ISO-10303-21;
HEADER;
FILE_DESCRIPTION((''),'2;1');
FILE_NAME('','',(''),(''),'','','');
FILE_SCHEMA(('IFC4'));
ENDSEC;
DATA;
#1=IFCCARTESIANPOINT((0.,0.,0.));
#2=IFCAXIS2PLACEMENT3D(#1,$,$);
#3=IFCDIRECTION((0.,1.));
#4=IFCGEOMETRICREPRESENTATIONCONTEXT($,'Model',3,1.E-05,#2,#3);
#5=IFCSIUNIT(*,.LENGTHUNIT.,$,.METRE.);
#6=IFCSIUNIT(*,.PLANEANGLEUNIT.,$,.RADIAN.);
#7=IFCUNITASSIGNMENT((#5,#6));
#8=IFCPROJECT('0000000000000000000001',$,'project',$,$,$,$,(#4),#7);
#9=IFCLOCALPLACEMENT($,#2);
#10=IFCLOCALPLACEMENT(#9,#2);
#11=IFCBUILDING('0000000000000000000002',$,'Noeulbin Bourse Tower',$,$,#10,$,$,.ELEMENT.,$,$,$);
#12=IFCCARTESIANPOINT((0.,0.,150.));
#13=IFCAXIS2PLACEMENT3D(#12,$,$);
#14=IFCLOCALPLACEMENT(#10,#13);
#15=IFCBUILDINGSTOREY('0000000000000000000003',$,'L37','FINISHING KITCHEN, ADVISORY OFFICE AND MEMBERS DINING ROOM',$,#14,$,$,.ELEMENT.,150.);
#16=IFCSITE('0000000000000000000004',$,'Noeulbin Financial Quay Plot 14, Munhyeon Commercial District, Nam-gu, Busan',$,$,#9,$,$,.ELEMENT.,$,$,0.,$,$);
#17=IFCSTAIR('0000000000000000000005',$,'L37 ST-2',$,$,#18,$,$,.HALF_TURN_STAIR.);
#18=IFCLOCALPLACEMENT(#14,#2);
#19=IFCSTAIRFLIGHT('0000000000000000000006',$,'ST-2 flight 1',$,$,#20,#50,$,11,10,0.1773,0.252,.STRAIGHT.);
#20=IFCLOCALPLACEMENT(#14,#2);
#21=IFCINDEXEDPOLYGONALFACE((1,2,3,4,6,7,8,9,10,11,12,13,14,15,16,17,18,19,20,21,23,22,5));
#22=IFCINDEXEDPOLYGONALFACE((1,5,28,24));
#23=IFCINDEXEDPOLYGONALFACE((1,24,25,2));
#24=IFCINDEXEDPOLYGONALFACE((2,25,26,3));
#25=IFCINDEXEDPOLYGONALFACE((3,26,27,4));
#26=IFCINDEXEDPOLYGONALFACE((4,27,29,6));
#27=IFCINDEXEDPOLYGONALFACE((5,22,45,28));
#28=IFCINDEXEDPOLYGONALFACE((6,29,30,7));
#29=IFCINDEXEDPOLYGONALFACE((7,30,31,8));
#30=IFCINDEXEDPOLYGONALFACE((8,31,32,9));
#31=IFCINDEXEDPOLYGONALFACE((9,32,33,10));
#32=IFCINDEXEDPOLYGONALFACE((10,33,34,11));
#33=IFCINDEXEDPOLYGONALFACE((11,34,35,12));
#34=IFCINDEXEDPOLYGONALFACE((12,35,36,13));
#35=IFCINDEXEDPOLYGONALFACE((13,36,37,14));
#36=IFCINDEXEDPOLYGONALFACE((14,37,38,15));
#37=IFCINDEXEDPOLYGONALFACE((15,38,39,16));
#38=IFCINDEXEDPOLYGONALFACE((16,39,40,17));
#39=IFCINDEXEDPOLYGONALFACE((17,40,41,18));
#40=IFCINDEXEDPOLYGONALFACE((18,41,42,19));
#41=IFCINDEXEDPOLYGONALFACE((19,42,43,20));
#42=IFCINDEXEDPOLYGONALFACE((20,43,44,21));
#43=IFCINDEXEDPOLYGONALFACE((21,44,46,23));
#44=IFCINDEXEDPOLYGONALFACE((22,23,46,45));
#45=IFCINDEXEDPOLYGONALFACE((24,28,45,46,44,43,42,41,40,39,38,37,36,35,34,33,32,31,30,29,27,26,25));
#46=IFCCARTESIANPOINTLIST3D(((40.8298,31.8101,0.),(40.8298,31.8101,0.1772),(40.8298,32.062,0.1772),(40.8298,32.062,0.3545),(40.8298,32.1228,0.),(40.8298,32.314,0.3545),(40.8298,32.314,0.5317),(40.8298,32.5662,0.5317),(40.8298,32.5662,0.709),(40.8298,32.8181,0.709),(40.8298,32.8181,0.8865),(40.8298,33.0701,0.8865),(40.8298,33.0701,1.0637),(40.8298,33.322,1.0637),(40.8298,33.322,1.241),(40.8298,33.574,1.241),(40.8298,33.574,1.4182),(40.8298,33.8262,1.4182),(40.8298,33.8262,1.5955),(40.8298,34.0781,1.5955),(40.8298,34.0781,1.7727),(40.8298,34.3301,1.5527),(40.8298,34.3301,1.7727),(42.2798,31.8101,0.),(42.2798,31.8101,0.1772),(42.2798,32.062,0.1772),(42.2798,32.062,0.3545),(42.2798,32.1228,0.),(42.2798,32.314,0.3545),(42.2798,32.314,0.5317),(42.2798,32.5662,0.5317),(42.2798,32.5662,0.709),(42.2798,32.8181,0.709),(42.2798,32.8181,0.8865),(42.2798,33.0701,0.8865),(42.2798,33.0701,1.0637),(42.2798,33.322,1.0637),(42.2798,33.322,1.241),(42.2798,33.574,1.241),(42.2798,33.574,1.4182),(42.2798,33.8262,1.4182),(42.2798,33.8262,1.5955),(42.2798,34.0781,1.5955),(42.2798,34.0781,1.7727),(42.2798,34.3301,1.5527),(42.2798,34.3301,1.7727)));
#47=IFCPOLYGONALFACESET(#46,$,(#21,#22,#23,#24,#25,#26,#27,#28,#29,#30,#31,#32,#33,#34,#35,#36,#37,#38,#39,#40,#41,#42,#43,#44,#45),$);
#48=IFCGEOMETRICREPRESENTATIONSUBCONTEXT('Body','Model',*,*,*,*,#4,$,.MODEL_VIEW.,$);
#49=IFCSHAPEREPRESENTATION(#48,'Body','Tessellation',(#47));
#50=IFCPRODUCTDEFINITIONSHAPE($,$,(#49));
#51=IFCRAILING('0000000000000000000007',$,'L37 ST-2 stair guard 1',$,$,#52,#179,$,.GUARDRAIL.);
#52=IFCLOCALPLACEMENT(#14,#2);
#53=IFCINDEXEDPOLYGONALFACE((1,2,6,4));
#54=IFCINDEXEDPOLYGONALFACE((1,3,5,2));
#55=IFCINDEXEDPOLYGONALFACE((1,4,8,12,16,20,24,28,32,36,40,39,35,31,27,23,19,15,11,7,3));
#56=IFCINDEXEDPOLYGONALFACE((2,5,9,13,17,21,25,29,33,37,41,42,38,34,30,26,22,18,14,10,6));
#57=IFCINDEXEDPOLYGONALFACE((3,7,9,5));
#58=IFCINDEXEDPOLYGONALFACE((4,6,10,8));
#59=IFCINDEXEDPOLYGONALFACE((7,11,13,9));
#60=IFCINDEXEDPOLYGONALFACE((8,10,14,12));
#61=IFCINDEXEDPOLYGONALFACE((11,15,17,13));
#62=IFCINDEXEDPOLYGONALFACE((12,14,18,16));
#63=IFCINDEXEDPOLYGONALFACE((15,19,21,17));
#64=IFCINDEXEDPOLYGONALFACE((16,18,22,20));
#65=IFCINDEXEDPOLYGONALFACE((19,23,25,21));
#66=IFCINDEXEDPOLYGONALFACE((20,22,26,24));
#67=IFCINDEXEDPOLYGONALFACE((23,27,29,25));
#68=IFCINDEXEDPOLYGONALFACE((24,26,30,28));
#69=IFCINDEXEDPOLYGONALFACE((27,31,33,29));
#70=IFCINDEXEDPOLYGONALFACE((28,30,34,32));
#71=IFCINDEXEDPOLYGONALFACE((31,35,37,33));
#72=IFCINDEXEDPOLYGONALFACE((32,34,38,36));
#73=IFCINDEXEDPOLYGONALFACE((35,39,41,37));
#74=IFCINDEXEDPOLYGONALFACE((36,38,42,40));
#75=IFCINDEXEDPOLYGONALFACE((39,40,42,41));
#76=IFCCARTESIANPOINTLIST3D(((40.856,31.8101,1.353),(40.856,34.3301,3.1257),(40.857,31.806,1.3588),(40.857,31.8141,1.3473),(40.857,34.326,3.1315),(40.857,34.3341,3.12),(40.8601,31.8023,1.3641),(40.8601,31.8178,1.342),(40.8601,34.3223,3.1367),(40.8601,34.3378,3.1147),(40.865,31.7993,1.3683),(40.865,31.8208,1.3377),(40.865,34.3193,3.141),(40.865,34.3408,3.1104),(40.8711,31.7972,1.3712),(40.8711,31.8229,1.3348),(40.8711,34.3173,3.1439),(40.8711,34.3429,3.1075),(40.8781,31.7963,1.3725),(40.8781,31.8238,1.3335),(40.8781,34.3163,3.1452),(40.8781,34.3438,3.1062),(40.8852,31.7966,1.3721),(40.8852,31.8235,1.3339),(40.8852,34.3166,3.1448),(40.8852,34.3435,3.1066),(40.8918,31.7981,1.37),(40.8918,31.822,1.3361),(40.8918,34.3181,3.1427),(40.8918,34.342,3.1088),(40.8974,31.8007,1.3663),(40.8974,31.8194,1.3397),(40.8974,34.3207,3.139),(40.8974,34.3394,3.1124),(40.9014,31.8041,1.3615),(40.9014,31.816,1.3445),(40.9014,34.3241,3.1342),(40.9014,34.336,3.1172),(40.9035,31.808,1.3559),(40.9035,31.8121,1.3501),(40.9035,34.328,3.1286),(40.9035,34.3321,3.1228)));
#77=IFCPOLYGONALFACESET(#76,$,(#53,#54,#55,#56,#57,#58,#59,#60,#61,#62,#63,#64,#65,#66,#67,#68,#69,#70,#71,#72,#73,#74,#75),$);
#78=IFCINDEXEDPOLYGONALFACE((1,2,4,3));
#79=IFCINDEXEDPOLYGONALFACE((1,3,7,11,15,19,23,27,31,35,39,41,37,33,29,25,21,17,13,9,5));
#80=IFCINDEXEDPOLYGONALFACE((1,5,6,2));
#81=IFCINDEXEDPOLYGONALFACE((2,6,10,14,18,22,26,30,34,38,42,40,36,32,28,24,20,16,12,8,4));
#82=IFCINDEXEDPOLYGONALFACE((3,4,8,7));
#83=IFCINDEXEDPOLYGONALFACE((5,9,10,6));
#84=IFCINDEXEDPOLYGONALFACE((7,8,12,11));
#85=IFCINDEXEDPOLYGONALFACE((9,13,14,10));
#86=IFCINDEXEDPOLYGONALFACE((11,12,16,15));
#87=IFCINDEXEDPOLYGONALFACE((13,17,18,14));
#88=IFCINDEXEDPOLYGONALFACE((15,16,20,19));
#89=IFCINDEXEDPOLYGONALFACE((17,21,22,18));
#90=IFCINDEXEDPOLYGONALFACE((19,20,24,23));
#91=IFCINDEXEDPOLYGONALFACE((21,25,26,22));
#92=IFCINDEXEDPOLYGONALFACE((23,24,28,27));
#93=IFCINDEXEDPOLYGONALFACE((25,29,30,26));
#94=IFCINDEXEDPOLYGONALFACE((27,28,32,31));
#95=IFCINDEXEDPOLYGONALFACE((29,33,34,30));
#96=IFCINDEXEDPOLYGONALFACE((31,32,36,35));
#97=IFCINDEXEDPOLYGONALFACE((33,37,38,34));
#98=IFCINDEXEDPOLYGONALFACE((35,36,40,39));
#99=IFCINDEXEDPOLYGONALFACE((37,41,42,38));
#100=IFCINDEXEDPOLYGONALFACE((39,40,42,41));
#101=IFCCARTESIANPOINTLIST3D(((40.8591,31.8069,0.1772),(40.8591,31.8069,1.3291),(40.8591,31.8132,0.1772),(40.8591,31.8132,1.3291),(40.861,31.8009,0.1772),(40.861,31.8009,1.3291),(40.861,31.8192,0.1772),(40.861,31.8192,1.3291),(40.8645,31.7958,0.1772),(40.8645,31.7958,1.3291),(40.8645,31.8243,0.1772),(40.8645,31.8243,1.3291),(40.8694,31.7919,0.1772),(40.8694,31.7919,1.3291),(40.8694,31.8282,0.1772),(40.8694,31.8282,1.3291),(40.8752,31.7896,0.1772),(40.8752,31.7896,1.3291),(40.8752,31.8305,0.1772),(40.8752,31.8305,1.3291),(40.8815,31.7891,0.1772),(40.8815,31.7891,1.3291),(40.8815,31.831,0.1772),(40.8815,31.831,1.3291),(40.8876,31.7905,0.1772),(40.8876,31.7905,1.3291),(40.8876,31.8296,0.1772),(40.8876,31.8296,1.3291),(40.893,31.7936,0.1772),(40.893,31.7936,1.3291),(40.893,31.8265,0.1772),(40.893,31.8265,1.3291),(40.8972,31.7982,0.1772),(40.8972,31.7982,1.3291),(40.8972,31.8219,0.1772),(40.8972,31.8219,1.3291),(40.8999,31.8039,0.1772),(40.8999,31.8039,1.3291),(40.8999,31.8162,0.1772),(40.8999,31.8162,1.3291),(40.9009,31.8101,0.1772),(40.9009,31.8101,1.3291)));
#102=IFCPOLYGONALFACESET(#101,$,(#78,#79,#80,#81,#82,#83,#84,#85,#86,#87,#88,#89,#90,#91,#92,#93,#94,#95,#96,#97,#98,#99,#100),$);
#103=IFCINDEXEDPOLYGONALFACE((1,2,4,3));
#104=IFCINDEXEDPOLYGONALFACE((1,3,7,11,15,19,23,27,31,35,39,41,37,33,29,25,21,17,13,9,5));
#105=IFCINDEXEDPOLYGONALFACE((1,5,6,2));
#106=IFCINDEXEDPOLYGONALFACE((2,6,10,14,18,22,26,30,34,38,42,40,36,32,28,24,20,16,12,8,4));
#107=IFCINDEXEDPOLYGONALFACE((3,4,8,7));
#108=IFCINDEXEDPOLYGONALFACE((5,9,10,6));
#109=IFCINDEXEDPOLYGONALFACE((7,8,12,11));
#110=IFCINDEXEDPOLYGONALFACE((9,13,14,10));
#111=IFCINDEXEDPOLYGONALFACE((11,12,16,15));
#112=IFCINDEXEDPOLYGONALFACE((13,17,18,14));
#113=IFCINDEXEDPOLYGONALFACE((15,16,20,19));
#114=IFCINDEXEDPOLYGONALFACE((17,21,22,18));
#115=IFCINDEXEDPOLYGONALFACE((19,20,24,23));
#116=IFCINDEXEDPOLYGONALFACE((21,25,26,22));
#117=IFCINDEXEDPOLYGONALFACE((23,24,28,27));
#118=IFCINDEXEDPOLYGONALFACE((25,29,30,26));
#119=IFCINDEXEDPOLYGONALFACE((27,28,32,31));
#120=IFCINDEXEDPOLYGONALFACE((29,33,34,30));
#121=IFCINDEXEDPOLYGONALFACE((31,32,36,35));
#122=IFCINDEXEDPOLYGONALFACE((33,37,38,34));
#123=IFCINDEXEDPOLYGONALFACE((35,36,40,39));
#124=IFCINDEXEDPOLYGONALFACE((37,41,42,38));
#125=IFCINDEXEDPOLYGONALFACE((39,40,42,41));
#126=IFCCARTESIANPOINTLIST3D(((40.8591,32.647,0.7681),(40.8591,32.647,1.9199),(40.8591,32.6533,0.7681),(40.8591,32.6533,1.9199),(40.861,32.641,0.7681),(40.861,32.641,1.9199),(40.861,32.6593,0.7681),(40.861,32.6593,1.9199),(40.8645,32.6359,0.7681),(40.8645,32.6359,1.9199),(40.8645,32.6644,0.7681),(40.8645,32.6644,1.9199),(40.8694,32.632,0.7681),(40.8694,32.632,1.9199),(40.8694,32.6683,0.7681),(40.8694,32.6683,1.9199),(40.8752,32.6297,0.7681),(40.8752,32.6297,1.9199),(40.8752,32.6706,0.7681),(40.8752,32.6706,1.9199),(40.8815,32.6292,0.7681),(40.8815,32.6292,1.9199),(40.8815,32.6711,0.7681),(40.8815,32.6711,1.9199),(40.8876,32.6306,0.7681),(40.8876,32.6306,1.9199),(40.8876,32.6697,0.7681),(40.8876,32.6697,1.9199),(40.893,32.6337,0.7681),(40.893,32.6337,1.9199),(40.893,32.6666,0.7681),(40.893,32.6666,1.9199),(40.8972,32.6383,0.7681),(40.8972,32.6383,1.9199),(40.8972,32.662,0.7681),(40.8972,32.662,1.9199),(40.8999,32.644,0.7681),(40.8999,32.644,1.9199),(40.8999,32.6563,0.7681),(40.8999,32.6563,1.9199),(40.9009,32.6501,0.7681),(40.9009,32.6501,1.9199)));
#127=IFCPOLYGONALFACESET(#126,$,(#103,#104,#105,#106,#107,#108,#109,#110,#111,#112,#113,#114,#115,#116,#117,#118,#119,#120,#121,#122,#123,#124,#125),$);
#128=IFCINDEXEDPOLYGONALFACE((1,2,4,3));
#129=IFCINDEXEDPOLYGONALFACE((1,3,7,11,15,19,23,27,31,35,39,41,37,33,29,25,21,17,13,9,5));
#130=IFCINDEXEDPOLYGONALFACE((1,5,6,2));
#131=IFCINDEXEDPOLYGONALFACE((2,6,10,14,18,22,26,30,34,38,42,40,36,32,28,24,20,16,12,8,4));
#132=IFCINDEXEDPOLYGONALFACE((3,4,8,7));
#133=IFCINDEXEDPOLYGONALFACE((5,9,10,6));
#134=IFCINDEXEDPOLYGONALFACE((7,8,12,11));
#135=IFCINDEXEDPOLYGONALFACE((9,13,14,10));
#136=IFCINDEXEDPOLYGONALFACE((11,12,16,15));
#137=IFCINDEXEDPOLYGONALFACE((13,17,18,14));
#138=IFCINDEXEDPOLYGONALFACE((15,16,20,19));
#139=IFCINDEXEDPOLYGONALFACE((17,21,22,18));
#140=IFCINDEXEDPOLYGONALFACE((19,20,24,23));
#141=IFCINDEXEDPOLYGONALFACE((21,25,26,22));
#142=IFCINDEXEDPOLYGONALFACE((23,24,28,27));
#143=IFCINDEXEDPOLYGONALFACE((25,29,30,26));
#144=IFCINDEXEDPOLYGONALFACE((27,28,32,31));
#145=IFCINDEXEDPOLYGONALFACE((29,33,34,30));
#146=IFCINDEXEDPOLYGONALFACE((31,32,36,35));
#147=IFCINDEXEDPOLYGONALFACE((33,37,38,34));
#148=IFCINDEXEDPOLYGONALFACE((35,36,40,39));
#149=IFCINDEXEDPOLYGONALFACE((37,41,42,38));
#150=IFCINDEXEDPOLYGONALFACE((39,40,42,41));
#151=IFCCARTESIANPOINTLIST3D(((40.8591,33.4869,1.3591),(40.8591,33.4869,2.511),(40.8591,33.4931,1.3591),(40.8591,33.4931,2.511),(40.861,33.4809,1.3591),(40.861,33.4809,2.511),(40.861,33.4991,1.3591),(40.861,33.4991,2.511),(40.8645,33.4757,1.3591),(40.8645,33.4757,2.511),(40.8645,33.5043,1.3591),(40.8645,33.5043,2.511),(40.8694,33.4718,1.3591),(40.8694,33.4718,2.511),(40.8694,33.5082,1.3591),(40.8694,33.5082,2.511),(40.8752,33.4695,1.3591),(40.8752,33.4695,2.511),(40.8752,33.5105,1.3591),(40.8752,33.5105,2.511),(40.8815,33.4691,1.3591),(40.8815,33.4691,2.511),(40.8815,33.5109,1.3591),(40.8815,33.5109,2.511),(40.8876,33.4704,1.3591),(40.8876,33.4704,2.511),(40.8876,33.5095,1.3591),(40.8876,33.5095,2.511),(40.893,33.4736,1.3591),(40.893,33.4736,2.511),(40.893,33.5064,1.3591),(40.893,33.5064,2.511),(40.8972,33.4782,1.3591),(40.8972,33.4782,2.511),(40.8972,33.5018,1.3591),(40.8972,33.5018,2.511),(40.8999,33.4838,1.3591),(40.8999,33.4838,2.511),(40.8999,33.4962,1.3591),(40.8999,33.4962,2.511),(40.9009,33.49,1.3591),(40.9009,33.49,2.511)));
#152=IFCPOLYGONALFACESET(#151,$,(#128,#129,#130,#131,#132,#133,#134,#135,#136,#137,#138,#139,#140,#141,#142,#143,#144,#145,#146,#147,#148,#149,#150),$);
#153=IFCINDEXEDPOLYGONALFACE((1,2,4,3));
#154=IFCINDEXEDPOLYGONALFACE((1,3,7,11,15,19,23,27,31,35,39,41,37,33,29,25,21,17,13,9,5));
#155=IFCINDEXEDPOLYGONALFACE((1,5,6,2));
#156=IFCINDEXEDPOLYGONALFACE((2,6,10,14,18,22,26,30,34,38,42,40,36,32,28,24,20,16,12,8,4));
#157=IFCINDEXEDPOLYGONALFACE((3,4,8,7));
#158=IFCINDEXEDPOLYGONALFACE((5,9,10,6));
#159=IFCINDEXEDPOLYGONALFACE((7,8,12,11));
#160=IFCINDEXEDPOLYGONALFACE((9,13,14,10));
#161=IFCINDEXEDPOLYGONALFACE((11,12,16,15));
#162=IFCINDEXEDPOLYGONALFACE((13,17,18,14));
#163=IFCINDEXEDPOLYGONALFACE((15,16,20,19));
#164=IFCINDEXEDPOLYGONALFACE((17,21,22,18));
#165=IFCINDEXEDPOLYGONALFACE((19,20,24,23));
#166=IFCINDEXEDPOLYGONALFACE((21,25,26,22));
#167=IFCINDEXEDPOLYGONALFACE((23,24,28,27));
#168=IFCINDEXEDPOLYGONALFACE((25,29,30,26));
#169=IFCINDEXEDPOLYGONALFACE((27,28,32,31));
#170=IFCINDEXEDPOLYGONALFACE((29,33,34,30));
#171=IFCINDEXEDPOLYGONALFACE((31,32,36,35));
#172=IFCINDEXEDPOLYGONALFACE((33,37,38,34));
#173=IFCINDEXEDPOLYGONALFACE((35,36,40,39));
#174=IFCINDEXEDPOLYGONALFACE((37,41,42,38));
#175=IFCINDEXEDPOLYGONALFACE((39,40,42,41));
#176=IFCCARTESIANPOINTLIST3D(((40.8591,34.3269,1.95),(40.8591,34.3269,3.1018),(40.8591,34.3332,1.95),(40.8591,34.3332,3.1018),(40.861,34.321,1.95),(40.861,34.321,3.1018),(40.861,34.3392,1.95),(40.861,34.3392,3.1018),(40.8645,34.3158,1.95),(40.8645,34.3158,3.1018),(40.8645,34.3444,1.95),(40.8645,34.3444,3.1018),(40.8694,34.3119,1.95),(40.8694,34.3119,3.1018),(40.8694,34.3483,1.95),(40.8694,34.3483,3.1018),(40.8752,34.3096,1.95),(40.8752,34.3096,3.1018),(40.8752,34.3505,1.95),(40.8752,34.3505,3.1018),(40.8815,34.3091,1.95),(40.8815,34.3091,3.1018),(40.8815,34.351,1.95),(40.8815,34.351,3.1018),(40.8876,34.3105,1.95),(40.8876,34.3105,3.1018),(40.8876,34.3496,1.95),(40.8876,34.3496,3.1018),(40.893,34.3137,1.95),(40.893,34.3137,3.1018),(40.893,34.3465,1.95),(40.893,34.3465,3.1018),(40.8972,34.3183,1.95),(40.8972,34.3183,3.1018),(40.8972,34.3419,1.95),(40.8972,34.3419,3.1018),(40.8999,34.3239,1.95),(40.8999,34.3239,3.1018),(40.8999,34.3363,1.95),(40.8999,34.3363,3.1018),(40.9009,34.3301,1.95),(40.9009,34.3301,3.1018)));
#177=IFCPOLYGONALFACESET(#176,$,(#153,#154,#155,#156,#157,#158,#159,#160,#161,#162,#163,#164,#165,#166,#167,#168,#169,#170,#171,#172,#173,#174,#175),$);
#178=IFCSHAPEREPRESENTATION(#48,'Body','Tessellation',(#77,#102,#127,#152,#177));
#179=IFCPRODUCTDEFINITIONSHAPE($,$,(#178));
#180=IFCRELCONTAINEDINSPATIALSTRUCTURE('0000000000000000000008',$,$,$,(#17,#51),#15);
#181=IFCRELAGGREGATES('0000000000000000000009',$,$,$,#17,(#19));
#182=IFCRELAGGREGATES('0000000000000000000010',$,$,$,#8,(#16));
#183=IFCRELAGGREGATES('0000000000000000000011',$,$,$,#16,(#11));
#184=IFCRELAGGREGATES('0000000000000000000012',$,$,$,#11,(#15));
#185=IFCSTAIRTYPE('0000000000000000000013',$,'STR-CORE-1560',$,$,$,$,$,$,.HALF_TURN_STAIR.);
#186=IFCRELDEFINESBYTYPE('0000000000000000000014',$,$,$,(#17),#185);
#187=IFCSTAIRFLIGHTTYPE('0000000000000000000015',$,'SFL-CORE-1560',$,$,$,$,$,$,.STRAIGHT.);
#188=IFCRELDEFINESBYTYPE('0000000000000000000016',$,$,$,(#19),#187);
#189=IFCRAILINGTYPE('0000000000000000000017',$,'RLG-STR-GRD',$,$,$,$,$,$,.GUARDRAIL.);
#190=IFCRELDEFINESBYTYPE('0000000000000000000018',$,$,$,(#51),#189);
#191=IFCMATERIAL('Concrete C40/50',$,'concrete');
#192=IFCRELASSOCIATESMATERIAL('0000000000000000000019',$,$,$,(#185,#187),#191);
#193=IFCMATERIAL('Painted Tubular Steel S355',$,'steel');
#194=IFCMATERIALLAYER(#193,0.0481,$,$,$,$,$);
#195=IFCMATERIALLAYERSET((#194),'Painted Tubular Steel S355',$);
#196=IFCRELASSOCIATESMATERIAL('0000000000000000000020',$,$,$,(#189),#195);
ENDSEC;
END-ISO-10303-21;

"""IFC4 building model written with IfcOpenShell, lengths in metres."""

from ifc_helpers import new_model, si_unit, direction, frame, origin, origin_2d, place, context, subcontext, project, spatial, polyline, circle, outline, extrude, material, layer, layer_set, type_object, element, aggregate, save


model = new_model("IFC4")

# Units and contexts
model_context = context("Model", 3, precision=1e-05, world=origin(), true_north=direction((0.0, 1.0)))
body_context = subcontext(model_context, "Body", "Model", "MODEL_VIEW")
ifc_project = project(units=[si_unit("LENGTHUNIT", "METRE"), si_unit("PLANEANGLEUNIT", "RADIAN")], contexts=[model_context])

# Site, building, storey
site_placement = place(None, origin())
site = spatial("IfcSite", under=ifc_project, at=site_placement, Name="Noeulbin Financial Quay Plot 14, Munhyeon Commercial District, Nam-gu, Busan", CompositionType="ELEMENT", RefElevation=0.0)
building_placement = place(site_placement, origin())
building = spatial("IfcBuilding", under=site, at=building_placement, Name="Noeulbin Bourse Tower", CompositionType="ELEMENT")
storey_placement = place(building_placement, frame((0.0, 0.0, 150.0)))
storey = spatial("IfcBuildingStorey", under=building, at=storey_placement, Name="L37", Description="FINISHING KITCHEN, ADVISORY OFFICE AND MEMBERS DINING ROOM", CompositionType="ELEMENT", Elevation=150.0)

# Shared definitions
ifc_material_1 = material(Name="Concrete C40/50", Category="concrete")

# Stair, stair flight
stair_type = type_object("IfcStairType", Name="STR-CORE-1560", PredefinedType="HALF_TURN_STAIR", material=ifc_material_1)
stair_placement = place(storey_placement, origin())
stair = element("IfcStair", 1, at=stair_placement, inside=storey, type_object=stair_type, Name="L37 ST-2", PredefinedType="HALF_TURN_STAIR")
stair_flight_type = type_object("IfcStairFlightType", Name="SFL-CORE-1560", PredefinedType="STRAIGHT", material=ifc_material_1)
stair_flight_placement = place(storey_placement, frame((41.5549, 31.8101, 0.0), z_axis=(0.0, 0.0, 1.0), x_axis=(0.0, 1.0, 0.0)))
stair_flight = element("IfcStairFlight", 2, at=stair_flight_placement, type_object=stair_flight_type, Name="ST-2 flight 1", NumberOfRisers=11, NumberOfTreads=10, PredefinedType="STRAIGHT", RiserHeight=0.1773, TreadLength=0.252, context=body_context, shape_type="SweptSolid", body=[
    extrude(outline(polyline([(0.0, 0.0), (0.0, 0.1772), (0.252, 0.1772), (0.252, 0.3545), (0.5039, 0.3545), (0.5039, 0.5317), (0.7561, 0.5317), (0.7561, 0.709), (1.0081, 0.709), (1.0081, 0.8865), (1.26, 0.8865), (1.26, 1.0637), (1.512, 1.0637), (1.512, 1.241), (1.7639, 1.241), (1.7639, 1.4182), (2.0161, 1.4182), (2.0161, 1.5955), (2.2681, 1.5955), (2.2681, 1.7727), (2.52, 1.7727), (2.52, 1.95), (2.52, 1.5527), (0.3127, 0.0), (0.0, 0.0)])), frame((0.0, 0.7251, 0.0), z_axis=(0.0, -1.0, 0.0), x_axis=(1.0, 0.0, 0.0)), (0.0, 0.0, 1.0), 1.45),
])
aggregate(stair, [stair_flight])

# Railing
ifc_material_2 = material(Name="Painted Tubular Steel S355", Category="steel")
ifc_layer_1 = layer(ifc_material_2, 0.0481)
ifc_layer_set_1 = layer_set([ifc_layer_1], Name="Painted Tubular Steel S355")
railing_type_1 = type_object("IfcRailingType", Name="RLG-STR-GRD", PredefinedType="GUARDRAIL", material=ifc_layer_set_1)
railing_1_placement = place(storey_placement, frame((40.8799, 31.8101, 0.1772)))
element("IfcRailing", 3, at=railing_1_placement, inside=storey, type_object=railing_type_1, Name="L37 ST-2 stair guard 1", PredefinedType="GUARDRAIL", context=body_context, shape_type="SweptSolid", body=[
    extrude(circle(Radius=0.0239, at=origin_2d()), frame((0.0, 0.0, 1.1758), z_axis=(0.0, 0.817904, 0.575354), x_axis=(-1.0, 0.0, 0.0)), (0.0, 0.0, 1.0), 3.0811),
    extrude(circle(Radius=0.021, at=origin_2d()), origin(), (0.0, 0.0, 1.0), 1.1519),
    extrude(circle(Radius=0.021, at=origin_2d()), frame((0.0, 0.8401, 0.5908)), (0.0, 0.0, 1.0), 1.1519),
    extrude(circle(Radius=0.021, at=origin_2d()), frame((0.0, 1.6799, 1.1819)), (0.0, 0.0, 1.0), 1.1519),
    extrude(circle(Radius=0.021, at=origin_2d()), frame((0.0, 2.52, 1.7727)), (0.0, 0.0, 1.0), 1.1519),
])

save(model, "model.ifc")
